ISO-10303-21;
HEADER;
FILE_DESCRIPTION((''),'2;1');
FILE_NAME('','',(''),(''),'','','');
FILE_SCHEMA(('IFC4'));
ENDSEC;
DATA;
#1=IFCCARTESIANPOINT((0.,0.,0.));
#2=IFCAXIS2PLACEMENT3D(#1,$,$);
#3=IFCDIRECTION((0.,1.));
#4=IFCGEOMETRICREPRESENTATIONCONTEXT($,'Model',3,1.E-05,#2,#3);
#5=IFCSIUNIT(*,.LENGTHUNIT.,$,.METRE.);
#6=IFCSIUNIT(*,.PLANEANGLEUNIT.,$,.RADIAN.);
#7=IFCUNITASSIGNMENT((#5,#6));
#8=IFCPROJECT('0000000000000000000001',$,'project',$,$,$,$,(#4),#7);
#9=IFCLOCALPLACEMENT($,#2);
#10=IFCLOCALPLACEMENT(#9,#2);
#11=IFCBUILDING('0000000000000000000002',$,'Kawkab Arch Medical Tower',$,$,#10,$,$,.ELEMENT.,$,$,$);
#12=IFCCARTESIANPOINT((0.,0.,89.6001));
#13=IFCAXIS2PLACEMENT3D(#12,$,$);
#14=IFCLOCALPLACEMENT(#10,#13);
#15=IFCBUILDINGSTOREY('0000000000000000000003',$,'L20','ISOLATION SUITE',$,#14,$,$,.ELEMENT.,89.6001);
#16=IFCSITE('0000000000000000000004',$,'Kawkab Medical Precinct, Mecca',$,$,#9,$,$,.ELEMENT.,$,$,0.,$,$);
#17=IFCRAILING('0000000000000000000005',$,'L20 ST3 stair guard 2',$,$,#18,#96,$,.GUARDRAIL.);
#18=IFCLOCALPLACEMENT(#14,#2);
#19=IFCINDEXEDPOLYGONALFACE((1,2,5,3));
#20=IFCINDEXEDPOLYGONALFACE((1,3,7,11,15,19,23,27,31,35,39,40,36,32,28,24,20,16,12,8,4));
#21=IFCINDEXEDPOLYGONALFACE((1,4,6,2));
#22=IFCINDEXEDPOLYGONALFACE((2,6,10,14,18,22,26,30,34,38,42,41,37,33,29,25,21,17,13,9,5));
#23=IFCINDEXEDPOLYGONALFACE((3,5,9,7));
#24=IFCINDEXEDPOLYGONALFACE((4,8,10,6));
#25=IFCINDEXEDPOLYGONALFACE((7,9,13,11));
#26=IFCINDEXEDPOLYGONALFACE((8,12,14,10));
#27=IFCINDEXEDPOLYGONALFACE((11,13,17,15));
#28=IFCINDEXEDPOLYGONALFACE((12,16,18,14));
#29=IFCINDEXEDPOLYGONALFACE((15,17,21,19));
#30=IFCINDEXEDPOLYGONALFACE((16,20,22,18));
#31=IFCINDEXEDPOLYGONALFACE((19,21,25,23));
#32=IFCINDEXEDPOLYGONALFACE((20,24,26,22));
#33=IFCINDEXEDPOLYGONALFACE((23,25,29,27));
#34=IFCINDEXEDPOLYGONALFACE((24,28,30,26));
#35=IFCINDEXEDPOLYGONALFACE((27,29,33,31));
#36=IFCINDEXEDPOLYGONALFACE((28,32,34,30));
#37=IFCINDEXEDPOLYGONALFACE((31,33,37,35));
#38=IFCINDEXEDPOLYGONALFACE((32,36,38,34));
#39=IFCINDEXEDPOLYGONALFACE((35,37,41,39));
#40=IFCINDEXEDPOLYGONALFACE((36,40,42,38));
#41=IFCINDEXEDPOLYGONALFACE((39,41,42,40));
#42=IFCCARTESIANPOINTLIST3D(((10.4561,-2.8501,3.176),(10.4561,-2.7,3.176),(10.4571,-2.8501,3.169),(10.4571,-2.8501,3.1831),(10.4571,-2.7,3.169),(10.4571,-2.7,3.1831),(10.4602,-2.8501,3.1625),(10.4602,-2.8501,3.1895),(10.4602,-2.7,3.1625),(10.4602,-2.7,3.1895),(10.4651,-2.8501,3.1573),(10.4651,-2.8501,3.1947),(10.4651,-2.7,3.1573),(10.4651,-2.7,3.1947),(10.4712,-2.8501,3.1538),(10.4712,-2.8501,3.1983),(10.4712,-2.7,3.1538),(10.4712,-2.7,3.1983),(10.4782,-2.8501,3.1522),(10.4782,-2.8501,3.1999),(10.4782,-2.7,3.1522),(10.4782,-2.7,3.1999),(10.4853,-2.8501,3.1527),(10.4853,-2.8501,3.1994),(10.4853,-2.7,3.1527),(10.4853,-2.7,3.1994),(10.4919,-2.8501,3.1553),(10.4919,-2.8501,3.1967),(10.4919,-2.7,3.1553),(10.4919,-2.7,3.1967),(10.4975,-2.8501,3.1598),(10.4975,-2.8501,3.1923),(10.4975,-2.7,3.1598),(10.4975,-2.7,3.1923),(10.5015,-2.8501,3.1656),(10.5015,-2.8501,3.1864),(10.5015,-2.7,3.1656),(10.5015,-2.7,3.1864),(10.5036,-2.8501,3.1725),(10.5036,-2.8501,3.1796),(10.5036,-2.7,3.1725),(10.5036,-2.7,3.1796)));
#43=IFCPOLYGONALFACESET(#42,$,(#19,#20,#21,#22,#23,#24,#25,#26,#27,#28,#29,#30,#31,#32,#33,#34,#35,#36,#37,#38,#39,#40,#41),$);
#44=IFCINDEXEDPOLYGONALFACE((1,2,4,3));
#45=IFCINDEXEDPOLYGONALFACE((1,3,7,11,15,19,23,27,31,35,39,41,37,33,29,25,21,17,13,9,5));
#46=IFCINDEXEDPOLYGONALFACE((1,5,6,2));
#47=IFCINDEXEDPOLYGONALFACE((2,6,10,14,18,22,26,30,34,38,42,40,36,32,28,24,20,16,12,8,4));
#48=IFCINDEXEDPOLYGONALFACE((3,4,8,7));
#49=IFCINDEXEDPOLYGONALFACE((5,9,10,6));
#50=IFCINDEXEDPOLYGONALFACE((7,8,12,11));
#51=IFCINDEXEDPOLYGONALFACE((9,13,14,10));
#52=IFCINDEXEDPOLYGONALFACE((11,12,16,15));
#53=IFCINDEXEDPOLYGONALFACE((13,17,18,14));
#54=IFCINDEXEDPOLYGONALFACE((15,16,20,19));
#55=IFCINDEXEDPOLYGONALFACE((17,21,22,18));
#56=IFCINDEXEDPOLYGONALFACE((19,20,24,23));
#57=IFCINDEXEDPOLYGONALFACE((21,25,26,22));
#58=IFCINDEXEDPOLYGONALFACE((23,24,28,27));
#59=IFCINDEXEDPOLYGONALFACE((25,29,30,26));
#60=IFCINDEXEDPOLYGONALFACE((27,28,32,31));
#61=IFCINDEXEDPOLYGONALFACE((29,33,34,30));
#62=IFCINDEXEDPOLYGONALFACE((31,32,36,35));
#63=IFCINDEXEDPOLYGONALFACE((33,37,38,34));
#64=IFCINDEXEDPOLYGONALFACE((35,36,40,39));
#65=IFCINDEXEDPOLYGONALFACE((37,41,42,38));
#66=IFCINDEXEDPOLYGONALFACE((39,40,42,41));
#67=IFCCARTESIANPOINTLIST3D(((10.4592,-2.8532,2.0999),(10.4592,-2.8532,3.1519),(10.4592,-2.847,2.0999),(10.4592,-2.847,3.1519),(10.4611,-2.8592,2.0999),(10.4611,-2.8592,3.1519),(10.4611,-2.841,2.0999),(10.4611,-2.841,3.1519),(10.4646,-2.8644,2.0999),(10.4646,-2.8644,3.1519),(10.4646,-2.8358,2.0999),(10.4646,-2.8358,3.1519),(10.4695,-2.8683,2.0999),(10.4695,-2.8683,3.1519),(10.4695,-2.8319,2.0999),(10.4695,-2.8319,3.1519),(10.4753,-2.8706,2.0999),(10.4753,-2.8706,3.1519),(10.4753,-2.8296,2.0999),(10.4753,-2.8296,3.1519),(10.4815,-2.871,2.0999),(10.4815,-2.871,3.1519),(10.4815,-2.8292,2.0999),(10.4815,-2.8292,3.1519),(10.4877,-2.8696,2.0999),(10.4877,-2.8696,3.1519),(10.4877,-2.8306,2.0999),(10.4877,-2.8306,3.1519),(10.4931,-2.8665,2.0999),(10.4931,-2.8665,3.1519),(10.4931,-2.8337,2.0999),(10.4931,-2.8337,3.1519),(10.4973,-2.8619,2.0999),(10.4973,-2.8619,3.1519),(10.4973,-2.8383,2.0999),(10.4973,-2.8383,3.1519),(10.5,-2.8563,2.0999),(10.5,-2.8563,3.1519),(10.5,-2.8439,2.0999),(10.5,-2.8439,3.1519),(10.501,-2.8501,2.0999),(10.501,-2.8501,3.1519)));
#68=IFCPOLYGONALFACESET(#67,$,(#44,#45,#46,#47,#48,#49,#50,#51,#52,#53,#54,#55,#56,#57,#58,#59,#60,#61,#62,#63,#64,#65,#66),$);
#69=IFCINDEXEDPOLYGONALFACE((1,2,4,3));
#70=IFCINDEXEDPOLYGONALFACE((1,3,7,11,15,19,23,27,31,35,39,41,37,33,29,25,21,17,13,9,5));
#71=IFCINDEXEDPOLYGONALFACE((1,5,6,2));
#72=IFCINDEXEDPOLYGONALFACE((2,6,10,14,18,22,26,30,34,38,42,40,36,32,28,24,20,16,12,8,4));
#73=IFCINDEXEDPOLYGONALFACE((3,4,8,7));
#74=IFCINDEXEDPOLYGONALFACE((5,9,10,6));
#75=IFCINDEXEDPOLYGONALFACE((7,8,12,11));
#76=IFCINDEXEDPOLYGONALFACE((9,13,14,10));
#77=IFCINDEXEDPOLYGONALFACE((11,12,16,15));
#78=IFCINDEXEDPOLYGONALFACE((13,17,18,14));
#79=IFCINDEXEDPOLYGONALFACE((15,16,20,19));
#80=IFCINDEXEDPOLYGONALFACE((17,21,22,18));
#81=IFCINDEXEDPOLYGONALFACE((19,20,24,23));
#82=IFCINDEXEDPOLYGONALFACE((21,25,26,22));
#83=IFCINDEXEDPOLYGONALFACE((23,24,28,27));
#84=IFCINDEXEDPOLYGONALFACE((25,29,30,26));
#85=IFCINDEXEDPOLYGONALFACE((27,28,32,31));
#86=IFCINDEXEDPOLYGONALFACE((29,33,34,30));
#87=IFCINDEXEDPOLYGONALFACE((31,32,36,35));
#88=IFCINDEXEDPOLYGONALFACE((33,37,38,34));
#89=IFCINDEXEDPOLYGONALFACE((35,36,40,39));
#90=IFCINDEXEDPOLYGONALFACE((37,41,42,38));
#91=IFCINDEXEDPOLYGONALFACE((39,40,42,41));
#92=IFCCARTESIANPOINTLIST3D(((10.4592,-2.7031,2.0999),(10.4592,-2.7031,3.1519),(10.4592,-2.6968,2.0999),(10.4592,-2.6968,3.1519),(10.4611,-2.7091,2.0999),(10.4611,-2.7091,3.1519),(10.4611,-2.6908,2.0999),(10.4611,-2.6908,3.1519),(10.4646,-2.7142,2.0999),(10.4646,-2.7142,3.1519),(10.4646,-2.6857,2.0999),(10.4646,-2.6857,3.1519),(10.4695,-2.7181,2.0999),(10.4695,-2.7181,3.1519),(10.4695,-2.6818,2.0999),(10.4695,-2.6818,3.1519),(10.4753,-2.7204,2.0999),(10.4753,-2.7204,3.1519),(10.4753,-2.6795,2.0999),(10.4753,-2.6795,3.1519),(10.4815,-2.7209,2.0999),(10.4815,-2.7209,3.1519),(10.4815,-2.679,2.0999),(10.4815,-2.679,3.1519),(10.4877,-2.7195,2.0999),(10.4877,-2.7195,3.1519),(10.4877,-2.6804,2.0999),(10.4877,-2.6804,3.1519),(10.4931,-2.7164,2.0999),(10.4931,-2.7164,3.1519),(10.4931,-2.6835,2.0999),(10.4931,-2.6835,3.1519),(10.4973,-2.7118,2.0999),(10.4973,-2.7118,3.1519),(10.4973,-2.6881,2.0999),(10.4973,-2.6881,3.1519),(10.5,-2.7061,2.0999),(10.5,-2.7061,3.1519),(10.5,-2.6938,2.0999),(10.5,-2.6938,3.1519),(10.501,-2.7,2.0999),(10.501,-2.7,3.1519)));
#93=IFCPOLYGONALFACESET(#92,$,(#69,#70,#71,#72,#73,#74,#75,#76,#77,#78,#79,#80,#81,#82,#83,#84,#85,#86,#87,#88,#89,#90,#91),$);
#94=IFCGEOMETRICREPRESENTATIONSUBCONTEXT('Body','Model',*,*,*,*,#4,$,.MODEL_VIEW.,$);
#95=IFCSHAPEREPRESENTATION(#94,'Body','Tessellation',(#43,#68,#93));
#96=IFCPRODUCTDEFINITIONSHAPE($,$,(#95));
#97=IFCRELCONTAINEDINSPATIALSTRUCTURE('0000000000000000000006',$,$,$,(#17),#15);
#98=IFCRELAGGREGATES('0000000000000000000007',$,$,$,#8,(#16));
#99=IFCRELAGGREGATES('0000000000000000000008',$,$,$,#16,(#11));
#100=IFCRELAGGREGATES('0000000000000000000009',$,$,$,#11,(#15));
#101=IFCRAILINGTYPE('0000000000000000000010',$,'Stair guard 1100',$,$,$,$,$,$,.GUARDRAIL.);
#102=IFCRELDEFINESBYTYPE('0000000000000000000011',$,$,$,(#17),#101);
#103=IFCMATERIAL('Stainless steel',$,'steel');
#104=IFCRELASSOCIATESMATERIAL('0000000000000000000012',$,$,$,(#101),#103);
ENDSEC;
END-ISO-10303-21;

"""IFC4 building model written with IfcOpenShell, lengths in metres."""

from ifc_helpers import new_model, si_unit, direction, frame, origin, origin_2d, place, context, subcontext, project, spatial, circle, extrude, material, type_object, element, save


model = new_model("IFC4")

# Units and contexts
model_context = context("Model", 3, precision=1e-05, world=origin(), true_north=direction((0.0, 1.0)))
body_context = subcontext(model_context, "Body", "Model", "MODEL_VIEW")
ifc_project = project(units=[si_unit("LENGTHUNIT", "METRE"), si_unit("PLANEANGLEUNIT", "RADIAN")], contexts=[model_context])

# Site, building, storey
site_placement = place(None, origin())
site = spatial("IfcSite", under=ifc_project, at=site_placement, Name="Kawkab Medical Precinct, Mecca", CompositionType="ELEMENT", RefElevation=0.0)
building_placement = place(site_placement, origin())
building = spatial("IfcBuilding", under=site, at=building_placement, Name="Kawkab Arch Medical Tower", CompositionType="ELEMENT")
storey_placement = place(building_placement, frame((0.0, 0.0, 89.6001)))
storey = spatial("IfcBuildingStorey", under=building, at=storey_placement, Name="L20", Description="ISOLATION SUITE", CompositionType="ELEMENT", Elevation=89.6001)

# Railing
ifc_material_1 = material(Name="Stainless steel", Category="steel")
railing_type = type_object("IfcRailingType", Name="Stair guard 1100", PredefinedType="GUARDRAIL", material=ifc_material_1)
railing_1_placement = place(storey_placement, frame((10.48, -2.8501, 2.0999)))
element("IfcRailing", 1, at=railing_1_placement, inside=storey, type_object=railing_type, Name="L20 ST3 stair guard 2", PredefinedType="GUARDRAIL", context=body_context, shape_type="SweptSolid", body=[
    extrude(circle(Radius=0.0239, at=origin_2d()), frame((0.0, 0.0, 1.0762), z_axis=(0.0, 1.0, 0.0), x_axis=(-1.0, 0.0, 0.0)), (0.0, 0.0, 1.0), 0.1501),
    extrude(circle(Radius=0.021, at=origin_2d()), origin(), (0.0, 0.0, 1.0), 1.052),
    extrude(circle(Radius=0.021, at=origin_2d()), frame((0.0, 0.1501, 0.0)), (0.0, 0.0, 1.0), 1.052),
])

save(model, "model.ifc")
